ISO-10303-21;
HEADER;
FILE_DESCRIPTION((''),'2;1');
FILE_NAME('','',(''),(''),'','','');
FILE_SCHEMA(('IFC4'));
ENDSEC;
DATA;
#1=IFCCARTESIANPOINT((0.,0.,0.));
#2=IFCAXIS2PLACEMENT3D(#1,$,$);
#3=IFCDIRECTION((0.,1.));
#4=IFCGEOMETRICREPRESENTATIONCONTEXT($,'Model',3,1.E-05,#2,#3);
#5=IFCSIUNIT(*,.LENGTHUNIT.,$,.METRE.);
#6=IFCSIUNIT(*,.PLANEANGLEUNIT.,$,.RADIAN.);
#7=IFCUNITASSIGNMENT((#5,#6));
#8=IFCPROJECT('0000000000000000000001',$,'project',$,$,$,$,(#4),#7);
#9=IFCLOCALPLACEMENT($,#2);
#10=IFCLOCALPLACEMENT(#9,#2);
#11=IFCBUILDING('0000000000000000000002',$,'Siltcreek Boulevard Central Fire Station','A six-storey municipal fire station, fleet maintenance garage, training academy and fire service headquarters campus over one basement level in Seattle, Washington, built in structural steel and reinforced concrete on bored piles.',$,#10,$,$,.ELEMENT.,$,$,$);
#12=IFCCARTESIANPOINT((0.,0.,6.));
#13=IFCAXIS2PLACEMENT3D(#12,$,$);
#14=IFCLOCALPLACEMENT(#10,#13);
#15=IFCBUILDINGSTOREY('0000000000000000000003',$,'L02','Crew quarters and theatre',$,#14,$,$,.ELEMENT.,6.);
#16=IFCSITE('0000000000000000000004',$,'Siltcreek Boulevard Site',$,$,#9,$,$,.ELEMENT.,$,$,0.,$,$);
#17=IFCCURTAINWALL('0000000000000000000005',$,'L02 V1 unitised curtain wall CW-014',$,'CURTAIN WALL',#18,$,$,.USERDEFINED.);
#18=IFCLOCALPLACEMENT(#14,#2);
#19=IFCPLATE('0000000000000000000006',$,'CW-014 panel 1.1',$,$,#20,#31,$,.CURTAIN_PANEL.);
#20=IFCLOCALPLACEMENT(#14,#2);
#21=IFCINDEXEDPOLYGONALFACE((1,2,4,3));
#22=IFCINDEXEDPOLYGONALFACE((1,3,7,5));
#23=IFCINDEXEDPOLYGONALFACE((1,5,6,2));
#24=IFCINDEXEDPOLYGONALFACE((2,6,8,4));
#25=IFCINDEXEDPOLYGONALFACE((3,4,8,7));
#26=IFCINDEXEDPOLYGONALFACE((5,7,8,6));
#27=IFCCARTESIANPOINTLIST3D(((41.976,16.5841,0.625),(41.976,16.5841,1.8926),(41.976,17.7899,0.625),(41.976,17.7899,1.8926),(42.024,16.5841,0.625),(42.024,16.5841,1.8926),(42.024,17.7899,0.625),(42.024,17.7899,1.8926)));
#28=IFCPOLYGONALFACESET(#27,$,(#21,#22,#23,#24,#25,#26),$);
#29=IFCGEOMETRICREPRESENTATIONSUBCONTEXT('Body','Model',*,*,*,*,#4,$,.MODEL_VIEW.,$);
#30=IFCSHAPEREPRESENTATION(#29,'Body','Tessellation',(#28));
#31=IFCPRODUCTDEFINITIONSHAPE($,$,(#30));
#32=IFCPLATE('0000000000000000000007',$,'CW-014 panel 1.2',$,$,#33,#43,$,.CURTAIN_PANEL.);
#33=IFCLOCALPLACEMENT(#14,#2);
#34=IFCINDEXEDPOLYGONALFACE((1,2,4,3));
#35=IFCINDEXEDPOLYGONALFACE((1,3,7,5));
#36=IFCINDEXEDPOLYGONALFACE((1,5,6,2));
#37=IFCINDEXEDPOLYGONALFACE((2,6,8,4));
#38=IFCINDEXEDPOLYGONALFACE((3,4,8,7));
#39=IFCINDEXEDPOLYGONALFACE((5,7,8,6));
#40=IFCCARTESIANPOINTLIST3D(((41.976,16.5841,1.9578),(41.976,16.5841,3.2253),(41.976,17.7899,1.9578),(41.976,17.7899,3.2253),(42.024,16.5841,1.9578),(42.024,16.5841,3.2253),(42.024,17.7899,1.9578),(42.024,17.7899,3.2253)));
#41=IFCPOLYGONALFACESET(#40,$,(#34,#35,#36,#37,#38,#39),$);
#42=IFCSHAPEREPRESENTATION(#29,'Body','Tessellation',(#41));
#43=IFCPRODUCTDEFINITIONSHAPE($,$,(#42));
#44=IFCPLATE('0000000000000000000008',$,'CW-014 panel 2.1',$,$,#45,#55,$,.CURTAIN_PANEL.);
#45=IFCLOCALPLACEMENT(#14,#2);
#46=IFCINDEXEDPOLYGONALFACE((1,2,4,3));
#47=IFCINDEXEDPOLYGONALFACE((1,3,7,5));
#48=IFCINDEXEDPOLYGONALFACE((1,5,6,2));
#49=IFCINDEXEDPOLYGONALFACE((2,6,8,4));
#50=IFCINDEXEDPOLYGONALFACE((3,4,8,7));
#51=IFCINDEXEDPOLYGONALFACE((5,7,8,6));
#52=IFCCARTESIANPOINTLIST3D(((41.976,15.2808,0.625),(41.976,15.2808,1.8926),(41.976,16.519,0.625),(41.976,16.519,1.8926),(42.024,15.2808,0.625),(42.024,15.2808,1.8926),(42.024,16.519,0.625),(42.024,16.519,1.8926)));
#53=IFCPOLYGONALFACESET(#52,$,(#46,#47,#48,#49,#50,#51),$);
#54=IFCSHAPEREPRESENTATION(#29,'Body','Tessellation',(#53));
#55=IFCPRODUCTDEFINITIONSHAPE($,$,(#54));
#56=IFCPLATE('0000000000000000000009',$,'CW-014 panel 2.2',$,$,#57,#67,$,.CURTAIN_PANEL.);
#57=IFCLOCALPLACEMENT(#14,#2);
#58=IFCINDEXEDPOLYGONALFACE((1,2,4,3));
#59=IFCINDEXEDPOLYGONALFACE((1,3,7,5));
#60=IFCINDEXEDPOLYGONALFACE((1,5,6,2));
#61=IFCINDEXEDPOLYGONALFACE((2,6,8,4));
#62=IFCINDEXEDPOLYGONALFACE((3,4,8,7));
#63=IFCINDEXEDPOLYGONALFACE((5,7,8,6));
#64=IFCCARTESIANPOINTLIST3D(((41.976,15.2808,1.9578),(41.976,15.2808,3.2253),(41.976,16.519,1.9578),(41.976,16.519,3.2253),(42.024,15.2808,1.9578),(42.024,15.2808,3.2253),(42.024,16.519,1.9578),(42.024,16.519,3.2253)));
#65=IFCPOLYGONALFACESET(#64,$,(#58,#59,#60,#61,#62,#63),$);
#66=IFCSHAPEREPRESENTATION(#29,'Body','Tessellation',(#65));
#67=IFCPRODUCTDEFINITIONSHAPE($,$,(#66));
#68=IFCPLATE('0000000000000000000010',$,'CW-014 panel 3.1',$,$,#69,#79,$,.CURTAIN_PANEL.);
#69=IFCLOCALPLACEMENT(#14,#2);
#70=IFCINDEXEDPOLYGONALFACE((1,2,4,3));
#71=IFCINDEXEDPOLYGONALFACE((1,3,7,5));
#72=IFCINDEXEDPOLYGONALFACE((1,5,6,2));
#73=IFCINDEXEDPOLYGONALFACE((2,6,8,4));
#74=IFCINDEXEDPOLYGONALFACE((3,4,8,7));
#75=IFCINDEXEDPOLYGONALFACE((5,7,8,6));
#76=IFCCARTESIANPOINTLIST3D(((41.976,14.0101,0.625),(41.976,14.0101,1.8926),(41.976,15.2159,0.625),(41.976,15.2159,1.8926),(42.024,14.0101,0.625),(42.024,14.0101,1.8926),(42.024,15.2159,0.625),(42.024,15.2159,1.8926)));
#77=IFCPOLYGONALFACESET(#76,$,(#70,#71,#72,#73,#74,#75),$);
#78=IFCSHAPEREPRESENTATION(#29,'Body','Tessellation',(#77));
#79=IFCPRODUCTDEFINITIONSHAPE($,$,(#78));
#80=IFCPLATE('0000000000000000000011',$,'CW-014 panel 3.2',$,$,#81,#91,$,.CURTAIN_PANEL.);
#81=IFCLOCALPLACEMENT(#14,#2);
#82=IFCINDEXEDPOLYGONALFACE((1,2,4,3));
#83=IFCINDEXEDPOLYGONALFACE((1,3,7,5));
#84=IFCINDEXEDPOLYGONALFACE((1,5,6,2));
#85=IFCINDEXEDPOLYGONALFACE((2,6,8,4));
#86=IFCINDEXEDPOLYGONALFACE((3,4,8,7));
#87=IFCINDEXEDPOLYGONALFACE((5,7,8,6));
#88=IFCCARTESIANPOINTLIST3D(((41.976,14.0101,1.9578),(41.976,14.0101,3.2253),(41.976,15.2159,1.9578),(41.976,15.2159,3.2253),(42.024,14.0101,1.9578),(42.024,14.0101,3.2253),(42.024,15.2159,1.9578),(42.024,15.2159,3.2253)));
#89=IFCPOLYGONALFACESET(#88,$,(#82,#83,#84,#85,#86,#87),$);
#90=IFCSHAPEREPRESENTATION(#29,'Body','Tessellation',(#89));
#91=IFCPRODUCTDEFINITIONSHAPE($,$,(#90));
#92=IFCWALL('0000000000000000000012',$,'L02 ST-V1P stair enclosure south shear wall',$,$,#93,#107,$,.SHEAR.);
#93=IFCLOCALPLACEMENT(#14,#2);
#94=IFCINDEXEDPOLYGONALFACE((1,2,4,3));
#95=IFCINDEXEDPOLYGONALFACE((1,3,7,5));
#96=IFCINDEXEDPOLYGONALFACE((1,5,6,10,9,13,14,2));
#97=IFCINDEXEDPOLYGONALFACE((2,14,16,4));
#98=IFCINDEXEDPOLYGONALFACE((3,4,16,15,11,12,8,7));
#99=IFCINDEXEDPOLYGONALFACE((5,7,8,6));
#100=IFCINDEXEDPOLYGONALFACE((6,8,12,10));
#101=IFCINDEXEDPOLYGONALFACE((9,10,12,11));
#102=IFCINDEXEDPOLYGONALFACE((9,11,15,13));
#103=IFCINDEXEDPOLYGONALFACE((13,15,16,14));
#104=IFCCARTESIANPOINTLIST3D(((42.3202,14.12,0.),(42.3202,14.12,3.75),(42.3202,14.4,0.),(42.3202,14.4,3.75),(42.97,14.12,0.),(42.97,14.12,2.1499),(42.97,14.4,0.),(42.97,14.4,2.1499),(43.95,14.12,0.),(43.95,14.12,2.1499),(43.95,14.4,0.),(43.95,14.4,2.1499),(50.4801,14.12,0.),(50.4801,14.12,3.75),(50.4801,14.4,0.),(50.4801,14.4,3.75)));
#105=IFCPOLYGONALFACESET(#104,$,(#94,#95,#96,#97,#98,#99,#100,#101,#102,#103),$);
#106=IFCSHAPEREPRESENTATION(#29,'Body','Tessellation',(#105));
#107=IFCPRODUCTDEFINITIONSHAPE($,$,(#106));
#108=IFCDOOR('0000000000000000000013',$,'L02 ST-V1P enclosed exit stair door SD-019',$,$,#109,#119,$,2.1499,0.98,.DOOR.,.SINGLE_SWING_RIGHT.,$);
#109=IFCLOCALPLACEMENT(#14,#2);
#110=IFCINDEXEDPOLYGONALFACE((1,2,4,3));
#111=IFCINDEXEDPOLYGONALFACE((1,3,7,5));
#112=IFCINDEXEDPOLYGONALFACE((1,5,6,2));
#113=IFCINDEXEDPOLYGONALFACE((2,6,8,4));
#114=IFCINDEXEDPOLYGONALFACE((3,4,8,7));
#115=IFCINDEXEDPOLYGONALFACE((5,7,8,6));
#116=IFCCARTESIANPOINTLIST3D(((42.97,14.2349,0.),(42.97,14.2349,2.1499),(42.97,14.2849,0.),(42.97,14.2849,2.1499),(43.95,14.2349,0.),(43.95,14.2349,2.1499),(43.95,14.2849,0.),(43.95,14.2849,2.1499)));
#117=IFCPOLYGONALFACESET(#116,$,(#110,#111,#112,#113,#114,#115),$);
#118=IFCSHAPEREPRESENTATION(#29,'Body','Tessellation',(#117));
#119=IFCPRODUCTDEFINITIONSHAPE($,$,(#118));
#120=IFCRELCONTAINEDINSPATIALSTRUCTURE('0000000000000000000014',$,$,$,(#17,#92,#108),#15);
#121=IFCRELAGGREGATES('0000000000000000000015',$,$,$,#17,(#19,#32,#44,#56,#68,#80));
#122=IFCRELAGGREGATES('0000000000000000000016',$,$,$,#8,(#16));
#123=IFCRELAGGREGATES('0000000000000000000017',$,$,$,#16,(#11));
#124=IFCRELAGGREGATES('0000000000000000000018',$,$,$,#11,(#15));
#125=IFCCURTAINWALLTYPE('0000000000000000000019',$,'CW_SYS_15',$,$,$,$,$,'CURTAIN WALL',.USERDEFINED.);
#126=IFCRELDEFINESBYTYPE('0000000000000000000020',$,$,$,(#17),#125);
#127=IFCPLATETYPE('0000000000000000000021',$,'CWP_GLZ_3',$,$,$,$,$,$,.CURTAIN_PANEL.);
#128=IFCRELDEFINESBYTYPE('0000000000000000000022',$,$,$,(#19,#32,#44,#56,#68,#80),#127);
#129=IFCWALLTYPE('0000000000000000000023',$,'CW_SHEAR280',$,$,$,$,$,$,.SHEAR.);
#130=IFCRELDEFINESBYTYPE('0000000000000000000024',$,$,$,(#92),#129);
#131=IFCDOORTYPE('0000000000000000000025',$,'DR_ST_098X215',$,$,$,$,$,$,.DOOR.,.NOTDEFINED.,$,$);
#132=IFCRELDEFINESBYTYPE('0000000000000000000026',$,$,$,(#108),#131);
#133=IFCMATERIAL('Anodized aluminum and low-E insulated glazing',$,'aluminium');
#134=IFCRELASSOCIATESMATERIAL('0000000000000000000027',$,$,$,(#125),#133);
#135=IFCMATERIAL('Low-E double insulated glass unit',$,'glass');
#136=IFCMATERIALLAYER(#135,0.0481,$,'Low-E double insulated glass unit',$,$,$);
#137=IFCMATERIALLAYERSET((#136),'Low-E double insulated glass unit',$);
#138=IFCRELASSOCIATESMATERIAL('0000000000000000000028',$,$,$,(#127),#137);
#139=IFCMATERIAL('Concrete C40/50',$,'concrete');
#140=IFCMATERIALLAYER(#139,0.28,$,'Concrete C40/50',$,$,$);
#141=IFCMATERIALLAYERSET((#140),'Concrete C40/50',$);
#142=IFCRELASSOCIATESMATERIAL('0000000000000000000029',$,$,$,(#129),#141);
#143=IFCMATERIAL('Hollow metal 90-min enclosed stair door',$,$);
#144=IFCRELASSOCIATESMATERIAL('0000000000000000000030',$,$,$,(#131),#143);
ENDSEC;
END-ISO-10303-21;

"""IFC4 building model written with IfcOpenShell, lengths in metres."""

from ifc_helpers import new_model, si_unit, direction, frame, frame_2d, origin, origin_2d, place, context, subcontext, project, spatial, rectangle, extrude, material, layer, layer_set, type_object, element, fill, aggregate, save


model = new_model("IFC4")

# Units and contexts
model_context = context("Model", 3, precision=1e-05, world=origin(), true_north=direction((0.0, 1.0)))
body_context = subcontext(model_context, "Body", "Model", "MODEL_VIEW")
ifc_project = project(units=[si_unit("LENGTHUNIT", "METRE"), si_unit("PLANEANGLEUNIT", "RADIAN")], contexts=[model_context])

# Site, building, storey
site_placement = place(None, origin())
site = spatial("IfcSite", under=ifc_project, at=site_placement, Name="Siltcreek Boulevard Site", CompositionType="ELEMENT", RefElevation=0.0)
building_placement = place(site_placement, origin())
building = spatial("IfcBuilding", under=site, at=building_placement, Name="Siltcreek Boulevard Central Fire Station", Description="A six-storey municipal fire station, fleet maintenance garage, training academy and fire service headquarters campus over one basement level in Seattle, Washington, built in structural steel and reinforced concrete on bored piles.", CompositionType="ELEMENT")
storey_placement = place(building_placement, frame((0.0, 0.0, 6.0)))
storey = spatial("IfcBuildingStorey", under=building, at=storey_placement, Name="L02", Description="Crew quarters and theatre", CompositionType="ELEMENT", Elevation=6.0)

# Curtain wall, plates
ifc_material_1 = material(Name="Anodized aluminum and low-E insulated glazing", Category="aluminium")
curtain_wall_type = type_object("IfcCurtainWallType", Name="CW_SYS_15", ElementType="CURTAIN WALL", PredefinedType="USERDEFINED", material=ifc_material_1)
curtain_wall_placement = place(storey_placement, origin())
curtain_wall = element("IfcCurtainWall", 1, at=curtain_wall_placement, inside=storey, type_object=curtain_wall_type, Name="L02 V1 unitised curtain wall CW-014", ObjectType="CURTAIN WALL", PredefinedType="USERDEFINED")
ifc_material_2 = material(Name="Low-E double insulated glass unit", Category="glass")
ifc_layer_1 = layer(ifc_material_2, 0.0481, Name="Low-E double insulated glass unit")
ifc_layer_set_1 = layer_set([ifc_layer_1], Name="Low-E double insulated glass unit")
plate_type = type_object("IfcPlateType", Name="CWP_GLZ_3", PredefinedType="CURTAIN_PANEL", material=ifc_layer_set_1)
plate_1_placement = place(storey_placement, frame((42.0, 17.187, 0.625), z_axis=(0.0, 0.0, 1.0), x_axis=(0.0, -1.0, 0.0)))
plate_1 = element("IfcPlate", 2, at=plate_1_placement, type_object=plate_type, Name="CW-014 panel 1.1", PredefinedType="CURTAIN_PANEL", context=body_context, shape_type="SweptSolid", body=[
    extrude(rectangle(XDim=1.2058, YDim=0.0481, at=origin_2d()), origin(), (0.0, 0.0, 1.0), 1.2676),
])
plate_2_placement = place(storey_placement, frame((42.0, 17.187, 1.9578), z_axis=(0.0, 0.0, 1.0), x_axis=(0.0, -1.0, 0.0)))
plate_2 = element("IfcPlate", 3, at=plate_2_placement, type_object=plate_type, Name="CW-014 panel 1.2", PredefinedType="CURTAIN_PANEL", context=body_context, shape_type="SweptSolid", body=[
    extrude(rectangle(XDim=1.2058, YDim=0.0481, at=origin_2d()), origin(), (0.0, 0.0, 1.0), 1.2676),
])
plate_3_placement = place(storey_placement, frame((42.0, 15.8999, 0.625), z_axis=(0.0, 0.0, 1.0), x_axis=(0.0, -1.0, 0.0)))
plate_3 = element("IfcPlate", 4, at=plate_3_placement, type_object=plate_type, Name="CW-014 panel 2.1", PredefinedType="CURTAIN_PANEL", context=body_context, shape_type="SweptSolid", body=[
    extrude(rectangle(XDim=1.2383, YDim=0.0481, at=origin_2d()), origin(), (0.0, 0.0, 1.0), 1.2676),
])
plate_4_placement = place(storey_placement, frame((42.0, 15.8999, 1.9578), z_axis=(0.0, 0.0, 1.0), x_axis=(0.0, -1.0, 0.0)))
plate_4 = element("IfcPlate", 5, at=plate_4_placement, type_object=plate_type, Name="CW-014 panel 2.2", PredefinedType="CURTAIN_PANEL", context=body_context, shape_type="SweptSolid", body=[
    extrude(rectangle(XDim=1.2383, YDim=0.0481, at=origin_2d()), origin(), (0.0, 0.0, 1.0), 1.2676),
])
plate_5_placement = place(storey_placement, frame((42.0, 14.613, 0.625), z_axis=(0.0, 0.0, 1.0), x_axis=(0.0, -1.0, 0.0)))
plate_5 = element("IfcPlate", 6, at=plate_5_placement, type_object=plate_type, Name="CW-014 panel 3.1", PredefinedType="CURTAIN_PANEL", context=body_context, shape_type="SweptSolid", body=[
    extrude(rectangle(XDim=1.2058, YDim=0.0481, at=origin_2d()), origin(), (0.0, 0.0, 1.0), 1.2676),
])
plate_6_placement = place(storey_placement, frame((42.0, 14.613, 1.9578), z_axis=(0.0, 0.0, 1.0), x_axis=(0.0, -1.0, 0.0)))
plate_6 = element("IfcPlate", 7, at=plate_6_placement, type_object=plate_type, Name="CW-014 panel 3.2", PredefinedType="CURTAIN_PANEL", context=body_context, shape_type="SweptSolid", body=[
    extrude(rectangle(XDim=1.2058, YDim=0.0481, at=origin_2d()), origin(), (0.0, 0.0, 1.0), 1.2676),
])
aggregate(curtain_wall, [plate_1, plate_2, plate_3, plate_4, plate_5, plate_6])

# Wall, opening, door
ifc_material_3 = material(Name="Concrete C40/50", Category="concrete")
ifc_layer_2 = layer(ifc_material_3, 0.28, Name="Concrete C40/50")
ifc_layer_set_2 = layer_set([ifc_layer_2], Name="Concrete C40/50")
wall_type = type_object("IfcWallType", Name="CW_SHEAR280", PredefinedType="SHEAR", material=ifc_layer_set_2)
wall_placement = place(storey_placement, frame((42.3201, 14.26, 0.0), z_axis=(0.0, 0.0, 1.0), x_axis=(1.0, 0.0, 0.0)))
wall = element("IfcWall", 8, at=wall_placement, inside=storey, type_object=wall_type, Name="L02 ST-V1P stair enclosure south shear wall", PredefinedType="SHEAR", context=body_context, shape_type="SweptSolid", body=[
    extrude(rectangle(XDim=8.1599, YDim=0.28, at=frame_2d((4.0801, 0.0))), origin(), (0.0, 0.0, 1.0), 3.75),
])
opening_placement = place(wall_placement, frame((0.6499, 0.0, 0.0)))
opening = element("IfcOpeningElement", 9, at=opening_placement, cuts=wall, PredefinedType="OPENING", context=body_context, shape_type="SweptSolid", body=[
    extrude(rectangle(XDim=0.98, YDim=2.1499, at=frame_2d((0.49, 1.075))), frame((0.0, 0.1499, 0.0), z_axis=(0.0, -1.0, 0.0), x_axis=(1.0, 0.0, 0.0)), (0.0, 0.0, 1.0), 0.3),
])
ifc_material_4 = material(Name="Hollow metal 90-min enclosed stair door")
door_type = type_object("IfcDoorType", Name="DR_ST_098X215", OperationType="NOTDEFINED", PredefinedType="DOOR", material=ifc_material_4)
door_placement = place(opening_placement, origin())
door = element("IfcDoor", 10, at=door_placement, inside=storey, type_object=door_type, Name="L02 ST-V1P enclosed exit stair door SD-019", OperationType="SINGLE_SWING_RIGHT", OverallHeight=2.1499, OverallWidth=0.98, PredefinedType="DOOR", context=body_context, shape_type="SweptSolid", body=[
    extrude(rectangle(XDim=0.98, YDim=2.1499, at=frame_2d((0.49, 1.075))), frame((0.0, 0.0249, 0.0), z_axis=(0.0, -1.0, 0.0), x_axis=(1.0, 0.0, 0.0)), (0.0, 0.0, 1.0), 0.05),
])
fill(opening, door)

save(model, "model.ifc")
